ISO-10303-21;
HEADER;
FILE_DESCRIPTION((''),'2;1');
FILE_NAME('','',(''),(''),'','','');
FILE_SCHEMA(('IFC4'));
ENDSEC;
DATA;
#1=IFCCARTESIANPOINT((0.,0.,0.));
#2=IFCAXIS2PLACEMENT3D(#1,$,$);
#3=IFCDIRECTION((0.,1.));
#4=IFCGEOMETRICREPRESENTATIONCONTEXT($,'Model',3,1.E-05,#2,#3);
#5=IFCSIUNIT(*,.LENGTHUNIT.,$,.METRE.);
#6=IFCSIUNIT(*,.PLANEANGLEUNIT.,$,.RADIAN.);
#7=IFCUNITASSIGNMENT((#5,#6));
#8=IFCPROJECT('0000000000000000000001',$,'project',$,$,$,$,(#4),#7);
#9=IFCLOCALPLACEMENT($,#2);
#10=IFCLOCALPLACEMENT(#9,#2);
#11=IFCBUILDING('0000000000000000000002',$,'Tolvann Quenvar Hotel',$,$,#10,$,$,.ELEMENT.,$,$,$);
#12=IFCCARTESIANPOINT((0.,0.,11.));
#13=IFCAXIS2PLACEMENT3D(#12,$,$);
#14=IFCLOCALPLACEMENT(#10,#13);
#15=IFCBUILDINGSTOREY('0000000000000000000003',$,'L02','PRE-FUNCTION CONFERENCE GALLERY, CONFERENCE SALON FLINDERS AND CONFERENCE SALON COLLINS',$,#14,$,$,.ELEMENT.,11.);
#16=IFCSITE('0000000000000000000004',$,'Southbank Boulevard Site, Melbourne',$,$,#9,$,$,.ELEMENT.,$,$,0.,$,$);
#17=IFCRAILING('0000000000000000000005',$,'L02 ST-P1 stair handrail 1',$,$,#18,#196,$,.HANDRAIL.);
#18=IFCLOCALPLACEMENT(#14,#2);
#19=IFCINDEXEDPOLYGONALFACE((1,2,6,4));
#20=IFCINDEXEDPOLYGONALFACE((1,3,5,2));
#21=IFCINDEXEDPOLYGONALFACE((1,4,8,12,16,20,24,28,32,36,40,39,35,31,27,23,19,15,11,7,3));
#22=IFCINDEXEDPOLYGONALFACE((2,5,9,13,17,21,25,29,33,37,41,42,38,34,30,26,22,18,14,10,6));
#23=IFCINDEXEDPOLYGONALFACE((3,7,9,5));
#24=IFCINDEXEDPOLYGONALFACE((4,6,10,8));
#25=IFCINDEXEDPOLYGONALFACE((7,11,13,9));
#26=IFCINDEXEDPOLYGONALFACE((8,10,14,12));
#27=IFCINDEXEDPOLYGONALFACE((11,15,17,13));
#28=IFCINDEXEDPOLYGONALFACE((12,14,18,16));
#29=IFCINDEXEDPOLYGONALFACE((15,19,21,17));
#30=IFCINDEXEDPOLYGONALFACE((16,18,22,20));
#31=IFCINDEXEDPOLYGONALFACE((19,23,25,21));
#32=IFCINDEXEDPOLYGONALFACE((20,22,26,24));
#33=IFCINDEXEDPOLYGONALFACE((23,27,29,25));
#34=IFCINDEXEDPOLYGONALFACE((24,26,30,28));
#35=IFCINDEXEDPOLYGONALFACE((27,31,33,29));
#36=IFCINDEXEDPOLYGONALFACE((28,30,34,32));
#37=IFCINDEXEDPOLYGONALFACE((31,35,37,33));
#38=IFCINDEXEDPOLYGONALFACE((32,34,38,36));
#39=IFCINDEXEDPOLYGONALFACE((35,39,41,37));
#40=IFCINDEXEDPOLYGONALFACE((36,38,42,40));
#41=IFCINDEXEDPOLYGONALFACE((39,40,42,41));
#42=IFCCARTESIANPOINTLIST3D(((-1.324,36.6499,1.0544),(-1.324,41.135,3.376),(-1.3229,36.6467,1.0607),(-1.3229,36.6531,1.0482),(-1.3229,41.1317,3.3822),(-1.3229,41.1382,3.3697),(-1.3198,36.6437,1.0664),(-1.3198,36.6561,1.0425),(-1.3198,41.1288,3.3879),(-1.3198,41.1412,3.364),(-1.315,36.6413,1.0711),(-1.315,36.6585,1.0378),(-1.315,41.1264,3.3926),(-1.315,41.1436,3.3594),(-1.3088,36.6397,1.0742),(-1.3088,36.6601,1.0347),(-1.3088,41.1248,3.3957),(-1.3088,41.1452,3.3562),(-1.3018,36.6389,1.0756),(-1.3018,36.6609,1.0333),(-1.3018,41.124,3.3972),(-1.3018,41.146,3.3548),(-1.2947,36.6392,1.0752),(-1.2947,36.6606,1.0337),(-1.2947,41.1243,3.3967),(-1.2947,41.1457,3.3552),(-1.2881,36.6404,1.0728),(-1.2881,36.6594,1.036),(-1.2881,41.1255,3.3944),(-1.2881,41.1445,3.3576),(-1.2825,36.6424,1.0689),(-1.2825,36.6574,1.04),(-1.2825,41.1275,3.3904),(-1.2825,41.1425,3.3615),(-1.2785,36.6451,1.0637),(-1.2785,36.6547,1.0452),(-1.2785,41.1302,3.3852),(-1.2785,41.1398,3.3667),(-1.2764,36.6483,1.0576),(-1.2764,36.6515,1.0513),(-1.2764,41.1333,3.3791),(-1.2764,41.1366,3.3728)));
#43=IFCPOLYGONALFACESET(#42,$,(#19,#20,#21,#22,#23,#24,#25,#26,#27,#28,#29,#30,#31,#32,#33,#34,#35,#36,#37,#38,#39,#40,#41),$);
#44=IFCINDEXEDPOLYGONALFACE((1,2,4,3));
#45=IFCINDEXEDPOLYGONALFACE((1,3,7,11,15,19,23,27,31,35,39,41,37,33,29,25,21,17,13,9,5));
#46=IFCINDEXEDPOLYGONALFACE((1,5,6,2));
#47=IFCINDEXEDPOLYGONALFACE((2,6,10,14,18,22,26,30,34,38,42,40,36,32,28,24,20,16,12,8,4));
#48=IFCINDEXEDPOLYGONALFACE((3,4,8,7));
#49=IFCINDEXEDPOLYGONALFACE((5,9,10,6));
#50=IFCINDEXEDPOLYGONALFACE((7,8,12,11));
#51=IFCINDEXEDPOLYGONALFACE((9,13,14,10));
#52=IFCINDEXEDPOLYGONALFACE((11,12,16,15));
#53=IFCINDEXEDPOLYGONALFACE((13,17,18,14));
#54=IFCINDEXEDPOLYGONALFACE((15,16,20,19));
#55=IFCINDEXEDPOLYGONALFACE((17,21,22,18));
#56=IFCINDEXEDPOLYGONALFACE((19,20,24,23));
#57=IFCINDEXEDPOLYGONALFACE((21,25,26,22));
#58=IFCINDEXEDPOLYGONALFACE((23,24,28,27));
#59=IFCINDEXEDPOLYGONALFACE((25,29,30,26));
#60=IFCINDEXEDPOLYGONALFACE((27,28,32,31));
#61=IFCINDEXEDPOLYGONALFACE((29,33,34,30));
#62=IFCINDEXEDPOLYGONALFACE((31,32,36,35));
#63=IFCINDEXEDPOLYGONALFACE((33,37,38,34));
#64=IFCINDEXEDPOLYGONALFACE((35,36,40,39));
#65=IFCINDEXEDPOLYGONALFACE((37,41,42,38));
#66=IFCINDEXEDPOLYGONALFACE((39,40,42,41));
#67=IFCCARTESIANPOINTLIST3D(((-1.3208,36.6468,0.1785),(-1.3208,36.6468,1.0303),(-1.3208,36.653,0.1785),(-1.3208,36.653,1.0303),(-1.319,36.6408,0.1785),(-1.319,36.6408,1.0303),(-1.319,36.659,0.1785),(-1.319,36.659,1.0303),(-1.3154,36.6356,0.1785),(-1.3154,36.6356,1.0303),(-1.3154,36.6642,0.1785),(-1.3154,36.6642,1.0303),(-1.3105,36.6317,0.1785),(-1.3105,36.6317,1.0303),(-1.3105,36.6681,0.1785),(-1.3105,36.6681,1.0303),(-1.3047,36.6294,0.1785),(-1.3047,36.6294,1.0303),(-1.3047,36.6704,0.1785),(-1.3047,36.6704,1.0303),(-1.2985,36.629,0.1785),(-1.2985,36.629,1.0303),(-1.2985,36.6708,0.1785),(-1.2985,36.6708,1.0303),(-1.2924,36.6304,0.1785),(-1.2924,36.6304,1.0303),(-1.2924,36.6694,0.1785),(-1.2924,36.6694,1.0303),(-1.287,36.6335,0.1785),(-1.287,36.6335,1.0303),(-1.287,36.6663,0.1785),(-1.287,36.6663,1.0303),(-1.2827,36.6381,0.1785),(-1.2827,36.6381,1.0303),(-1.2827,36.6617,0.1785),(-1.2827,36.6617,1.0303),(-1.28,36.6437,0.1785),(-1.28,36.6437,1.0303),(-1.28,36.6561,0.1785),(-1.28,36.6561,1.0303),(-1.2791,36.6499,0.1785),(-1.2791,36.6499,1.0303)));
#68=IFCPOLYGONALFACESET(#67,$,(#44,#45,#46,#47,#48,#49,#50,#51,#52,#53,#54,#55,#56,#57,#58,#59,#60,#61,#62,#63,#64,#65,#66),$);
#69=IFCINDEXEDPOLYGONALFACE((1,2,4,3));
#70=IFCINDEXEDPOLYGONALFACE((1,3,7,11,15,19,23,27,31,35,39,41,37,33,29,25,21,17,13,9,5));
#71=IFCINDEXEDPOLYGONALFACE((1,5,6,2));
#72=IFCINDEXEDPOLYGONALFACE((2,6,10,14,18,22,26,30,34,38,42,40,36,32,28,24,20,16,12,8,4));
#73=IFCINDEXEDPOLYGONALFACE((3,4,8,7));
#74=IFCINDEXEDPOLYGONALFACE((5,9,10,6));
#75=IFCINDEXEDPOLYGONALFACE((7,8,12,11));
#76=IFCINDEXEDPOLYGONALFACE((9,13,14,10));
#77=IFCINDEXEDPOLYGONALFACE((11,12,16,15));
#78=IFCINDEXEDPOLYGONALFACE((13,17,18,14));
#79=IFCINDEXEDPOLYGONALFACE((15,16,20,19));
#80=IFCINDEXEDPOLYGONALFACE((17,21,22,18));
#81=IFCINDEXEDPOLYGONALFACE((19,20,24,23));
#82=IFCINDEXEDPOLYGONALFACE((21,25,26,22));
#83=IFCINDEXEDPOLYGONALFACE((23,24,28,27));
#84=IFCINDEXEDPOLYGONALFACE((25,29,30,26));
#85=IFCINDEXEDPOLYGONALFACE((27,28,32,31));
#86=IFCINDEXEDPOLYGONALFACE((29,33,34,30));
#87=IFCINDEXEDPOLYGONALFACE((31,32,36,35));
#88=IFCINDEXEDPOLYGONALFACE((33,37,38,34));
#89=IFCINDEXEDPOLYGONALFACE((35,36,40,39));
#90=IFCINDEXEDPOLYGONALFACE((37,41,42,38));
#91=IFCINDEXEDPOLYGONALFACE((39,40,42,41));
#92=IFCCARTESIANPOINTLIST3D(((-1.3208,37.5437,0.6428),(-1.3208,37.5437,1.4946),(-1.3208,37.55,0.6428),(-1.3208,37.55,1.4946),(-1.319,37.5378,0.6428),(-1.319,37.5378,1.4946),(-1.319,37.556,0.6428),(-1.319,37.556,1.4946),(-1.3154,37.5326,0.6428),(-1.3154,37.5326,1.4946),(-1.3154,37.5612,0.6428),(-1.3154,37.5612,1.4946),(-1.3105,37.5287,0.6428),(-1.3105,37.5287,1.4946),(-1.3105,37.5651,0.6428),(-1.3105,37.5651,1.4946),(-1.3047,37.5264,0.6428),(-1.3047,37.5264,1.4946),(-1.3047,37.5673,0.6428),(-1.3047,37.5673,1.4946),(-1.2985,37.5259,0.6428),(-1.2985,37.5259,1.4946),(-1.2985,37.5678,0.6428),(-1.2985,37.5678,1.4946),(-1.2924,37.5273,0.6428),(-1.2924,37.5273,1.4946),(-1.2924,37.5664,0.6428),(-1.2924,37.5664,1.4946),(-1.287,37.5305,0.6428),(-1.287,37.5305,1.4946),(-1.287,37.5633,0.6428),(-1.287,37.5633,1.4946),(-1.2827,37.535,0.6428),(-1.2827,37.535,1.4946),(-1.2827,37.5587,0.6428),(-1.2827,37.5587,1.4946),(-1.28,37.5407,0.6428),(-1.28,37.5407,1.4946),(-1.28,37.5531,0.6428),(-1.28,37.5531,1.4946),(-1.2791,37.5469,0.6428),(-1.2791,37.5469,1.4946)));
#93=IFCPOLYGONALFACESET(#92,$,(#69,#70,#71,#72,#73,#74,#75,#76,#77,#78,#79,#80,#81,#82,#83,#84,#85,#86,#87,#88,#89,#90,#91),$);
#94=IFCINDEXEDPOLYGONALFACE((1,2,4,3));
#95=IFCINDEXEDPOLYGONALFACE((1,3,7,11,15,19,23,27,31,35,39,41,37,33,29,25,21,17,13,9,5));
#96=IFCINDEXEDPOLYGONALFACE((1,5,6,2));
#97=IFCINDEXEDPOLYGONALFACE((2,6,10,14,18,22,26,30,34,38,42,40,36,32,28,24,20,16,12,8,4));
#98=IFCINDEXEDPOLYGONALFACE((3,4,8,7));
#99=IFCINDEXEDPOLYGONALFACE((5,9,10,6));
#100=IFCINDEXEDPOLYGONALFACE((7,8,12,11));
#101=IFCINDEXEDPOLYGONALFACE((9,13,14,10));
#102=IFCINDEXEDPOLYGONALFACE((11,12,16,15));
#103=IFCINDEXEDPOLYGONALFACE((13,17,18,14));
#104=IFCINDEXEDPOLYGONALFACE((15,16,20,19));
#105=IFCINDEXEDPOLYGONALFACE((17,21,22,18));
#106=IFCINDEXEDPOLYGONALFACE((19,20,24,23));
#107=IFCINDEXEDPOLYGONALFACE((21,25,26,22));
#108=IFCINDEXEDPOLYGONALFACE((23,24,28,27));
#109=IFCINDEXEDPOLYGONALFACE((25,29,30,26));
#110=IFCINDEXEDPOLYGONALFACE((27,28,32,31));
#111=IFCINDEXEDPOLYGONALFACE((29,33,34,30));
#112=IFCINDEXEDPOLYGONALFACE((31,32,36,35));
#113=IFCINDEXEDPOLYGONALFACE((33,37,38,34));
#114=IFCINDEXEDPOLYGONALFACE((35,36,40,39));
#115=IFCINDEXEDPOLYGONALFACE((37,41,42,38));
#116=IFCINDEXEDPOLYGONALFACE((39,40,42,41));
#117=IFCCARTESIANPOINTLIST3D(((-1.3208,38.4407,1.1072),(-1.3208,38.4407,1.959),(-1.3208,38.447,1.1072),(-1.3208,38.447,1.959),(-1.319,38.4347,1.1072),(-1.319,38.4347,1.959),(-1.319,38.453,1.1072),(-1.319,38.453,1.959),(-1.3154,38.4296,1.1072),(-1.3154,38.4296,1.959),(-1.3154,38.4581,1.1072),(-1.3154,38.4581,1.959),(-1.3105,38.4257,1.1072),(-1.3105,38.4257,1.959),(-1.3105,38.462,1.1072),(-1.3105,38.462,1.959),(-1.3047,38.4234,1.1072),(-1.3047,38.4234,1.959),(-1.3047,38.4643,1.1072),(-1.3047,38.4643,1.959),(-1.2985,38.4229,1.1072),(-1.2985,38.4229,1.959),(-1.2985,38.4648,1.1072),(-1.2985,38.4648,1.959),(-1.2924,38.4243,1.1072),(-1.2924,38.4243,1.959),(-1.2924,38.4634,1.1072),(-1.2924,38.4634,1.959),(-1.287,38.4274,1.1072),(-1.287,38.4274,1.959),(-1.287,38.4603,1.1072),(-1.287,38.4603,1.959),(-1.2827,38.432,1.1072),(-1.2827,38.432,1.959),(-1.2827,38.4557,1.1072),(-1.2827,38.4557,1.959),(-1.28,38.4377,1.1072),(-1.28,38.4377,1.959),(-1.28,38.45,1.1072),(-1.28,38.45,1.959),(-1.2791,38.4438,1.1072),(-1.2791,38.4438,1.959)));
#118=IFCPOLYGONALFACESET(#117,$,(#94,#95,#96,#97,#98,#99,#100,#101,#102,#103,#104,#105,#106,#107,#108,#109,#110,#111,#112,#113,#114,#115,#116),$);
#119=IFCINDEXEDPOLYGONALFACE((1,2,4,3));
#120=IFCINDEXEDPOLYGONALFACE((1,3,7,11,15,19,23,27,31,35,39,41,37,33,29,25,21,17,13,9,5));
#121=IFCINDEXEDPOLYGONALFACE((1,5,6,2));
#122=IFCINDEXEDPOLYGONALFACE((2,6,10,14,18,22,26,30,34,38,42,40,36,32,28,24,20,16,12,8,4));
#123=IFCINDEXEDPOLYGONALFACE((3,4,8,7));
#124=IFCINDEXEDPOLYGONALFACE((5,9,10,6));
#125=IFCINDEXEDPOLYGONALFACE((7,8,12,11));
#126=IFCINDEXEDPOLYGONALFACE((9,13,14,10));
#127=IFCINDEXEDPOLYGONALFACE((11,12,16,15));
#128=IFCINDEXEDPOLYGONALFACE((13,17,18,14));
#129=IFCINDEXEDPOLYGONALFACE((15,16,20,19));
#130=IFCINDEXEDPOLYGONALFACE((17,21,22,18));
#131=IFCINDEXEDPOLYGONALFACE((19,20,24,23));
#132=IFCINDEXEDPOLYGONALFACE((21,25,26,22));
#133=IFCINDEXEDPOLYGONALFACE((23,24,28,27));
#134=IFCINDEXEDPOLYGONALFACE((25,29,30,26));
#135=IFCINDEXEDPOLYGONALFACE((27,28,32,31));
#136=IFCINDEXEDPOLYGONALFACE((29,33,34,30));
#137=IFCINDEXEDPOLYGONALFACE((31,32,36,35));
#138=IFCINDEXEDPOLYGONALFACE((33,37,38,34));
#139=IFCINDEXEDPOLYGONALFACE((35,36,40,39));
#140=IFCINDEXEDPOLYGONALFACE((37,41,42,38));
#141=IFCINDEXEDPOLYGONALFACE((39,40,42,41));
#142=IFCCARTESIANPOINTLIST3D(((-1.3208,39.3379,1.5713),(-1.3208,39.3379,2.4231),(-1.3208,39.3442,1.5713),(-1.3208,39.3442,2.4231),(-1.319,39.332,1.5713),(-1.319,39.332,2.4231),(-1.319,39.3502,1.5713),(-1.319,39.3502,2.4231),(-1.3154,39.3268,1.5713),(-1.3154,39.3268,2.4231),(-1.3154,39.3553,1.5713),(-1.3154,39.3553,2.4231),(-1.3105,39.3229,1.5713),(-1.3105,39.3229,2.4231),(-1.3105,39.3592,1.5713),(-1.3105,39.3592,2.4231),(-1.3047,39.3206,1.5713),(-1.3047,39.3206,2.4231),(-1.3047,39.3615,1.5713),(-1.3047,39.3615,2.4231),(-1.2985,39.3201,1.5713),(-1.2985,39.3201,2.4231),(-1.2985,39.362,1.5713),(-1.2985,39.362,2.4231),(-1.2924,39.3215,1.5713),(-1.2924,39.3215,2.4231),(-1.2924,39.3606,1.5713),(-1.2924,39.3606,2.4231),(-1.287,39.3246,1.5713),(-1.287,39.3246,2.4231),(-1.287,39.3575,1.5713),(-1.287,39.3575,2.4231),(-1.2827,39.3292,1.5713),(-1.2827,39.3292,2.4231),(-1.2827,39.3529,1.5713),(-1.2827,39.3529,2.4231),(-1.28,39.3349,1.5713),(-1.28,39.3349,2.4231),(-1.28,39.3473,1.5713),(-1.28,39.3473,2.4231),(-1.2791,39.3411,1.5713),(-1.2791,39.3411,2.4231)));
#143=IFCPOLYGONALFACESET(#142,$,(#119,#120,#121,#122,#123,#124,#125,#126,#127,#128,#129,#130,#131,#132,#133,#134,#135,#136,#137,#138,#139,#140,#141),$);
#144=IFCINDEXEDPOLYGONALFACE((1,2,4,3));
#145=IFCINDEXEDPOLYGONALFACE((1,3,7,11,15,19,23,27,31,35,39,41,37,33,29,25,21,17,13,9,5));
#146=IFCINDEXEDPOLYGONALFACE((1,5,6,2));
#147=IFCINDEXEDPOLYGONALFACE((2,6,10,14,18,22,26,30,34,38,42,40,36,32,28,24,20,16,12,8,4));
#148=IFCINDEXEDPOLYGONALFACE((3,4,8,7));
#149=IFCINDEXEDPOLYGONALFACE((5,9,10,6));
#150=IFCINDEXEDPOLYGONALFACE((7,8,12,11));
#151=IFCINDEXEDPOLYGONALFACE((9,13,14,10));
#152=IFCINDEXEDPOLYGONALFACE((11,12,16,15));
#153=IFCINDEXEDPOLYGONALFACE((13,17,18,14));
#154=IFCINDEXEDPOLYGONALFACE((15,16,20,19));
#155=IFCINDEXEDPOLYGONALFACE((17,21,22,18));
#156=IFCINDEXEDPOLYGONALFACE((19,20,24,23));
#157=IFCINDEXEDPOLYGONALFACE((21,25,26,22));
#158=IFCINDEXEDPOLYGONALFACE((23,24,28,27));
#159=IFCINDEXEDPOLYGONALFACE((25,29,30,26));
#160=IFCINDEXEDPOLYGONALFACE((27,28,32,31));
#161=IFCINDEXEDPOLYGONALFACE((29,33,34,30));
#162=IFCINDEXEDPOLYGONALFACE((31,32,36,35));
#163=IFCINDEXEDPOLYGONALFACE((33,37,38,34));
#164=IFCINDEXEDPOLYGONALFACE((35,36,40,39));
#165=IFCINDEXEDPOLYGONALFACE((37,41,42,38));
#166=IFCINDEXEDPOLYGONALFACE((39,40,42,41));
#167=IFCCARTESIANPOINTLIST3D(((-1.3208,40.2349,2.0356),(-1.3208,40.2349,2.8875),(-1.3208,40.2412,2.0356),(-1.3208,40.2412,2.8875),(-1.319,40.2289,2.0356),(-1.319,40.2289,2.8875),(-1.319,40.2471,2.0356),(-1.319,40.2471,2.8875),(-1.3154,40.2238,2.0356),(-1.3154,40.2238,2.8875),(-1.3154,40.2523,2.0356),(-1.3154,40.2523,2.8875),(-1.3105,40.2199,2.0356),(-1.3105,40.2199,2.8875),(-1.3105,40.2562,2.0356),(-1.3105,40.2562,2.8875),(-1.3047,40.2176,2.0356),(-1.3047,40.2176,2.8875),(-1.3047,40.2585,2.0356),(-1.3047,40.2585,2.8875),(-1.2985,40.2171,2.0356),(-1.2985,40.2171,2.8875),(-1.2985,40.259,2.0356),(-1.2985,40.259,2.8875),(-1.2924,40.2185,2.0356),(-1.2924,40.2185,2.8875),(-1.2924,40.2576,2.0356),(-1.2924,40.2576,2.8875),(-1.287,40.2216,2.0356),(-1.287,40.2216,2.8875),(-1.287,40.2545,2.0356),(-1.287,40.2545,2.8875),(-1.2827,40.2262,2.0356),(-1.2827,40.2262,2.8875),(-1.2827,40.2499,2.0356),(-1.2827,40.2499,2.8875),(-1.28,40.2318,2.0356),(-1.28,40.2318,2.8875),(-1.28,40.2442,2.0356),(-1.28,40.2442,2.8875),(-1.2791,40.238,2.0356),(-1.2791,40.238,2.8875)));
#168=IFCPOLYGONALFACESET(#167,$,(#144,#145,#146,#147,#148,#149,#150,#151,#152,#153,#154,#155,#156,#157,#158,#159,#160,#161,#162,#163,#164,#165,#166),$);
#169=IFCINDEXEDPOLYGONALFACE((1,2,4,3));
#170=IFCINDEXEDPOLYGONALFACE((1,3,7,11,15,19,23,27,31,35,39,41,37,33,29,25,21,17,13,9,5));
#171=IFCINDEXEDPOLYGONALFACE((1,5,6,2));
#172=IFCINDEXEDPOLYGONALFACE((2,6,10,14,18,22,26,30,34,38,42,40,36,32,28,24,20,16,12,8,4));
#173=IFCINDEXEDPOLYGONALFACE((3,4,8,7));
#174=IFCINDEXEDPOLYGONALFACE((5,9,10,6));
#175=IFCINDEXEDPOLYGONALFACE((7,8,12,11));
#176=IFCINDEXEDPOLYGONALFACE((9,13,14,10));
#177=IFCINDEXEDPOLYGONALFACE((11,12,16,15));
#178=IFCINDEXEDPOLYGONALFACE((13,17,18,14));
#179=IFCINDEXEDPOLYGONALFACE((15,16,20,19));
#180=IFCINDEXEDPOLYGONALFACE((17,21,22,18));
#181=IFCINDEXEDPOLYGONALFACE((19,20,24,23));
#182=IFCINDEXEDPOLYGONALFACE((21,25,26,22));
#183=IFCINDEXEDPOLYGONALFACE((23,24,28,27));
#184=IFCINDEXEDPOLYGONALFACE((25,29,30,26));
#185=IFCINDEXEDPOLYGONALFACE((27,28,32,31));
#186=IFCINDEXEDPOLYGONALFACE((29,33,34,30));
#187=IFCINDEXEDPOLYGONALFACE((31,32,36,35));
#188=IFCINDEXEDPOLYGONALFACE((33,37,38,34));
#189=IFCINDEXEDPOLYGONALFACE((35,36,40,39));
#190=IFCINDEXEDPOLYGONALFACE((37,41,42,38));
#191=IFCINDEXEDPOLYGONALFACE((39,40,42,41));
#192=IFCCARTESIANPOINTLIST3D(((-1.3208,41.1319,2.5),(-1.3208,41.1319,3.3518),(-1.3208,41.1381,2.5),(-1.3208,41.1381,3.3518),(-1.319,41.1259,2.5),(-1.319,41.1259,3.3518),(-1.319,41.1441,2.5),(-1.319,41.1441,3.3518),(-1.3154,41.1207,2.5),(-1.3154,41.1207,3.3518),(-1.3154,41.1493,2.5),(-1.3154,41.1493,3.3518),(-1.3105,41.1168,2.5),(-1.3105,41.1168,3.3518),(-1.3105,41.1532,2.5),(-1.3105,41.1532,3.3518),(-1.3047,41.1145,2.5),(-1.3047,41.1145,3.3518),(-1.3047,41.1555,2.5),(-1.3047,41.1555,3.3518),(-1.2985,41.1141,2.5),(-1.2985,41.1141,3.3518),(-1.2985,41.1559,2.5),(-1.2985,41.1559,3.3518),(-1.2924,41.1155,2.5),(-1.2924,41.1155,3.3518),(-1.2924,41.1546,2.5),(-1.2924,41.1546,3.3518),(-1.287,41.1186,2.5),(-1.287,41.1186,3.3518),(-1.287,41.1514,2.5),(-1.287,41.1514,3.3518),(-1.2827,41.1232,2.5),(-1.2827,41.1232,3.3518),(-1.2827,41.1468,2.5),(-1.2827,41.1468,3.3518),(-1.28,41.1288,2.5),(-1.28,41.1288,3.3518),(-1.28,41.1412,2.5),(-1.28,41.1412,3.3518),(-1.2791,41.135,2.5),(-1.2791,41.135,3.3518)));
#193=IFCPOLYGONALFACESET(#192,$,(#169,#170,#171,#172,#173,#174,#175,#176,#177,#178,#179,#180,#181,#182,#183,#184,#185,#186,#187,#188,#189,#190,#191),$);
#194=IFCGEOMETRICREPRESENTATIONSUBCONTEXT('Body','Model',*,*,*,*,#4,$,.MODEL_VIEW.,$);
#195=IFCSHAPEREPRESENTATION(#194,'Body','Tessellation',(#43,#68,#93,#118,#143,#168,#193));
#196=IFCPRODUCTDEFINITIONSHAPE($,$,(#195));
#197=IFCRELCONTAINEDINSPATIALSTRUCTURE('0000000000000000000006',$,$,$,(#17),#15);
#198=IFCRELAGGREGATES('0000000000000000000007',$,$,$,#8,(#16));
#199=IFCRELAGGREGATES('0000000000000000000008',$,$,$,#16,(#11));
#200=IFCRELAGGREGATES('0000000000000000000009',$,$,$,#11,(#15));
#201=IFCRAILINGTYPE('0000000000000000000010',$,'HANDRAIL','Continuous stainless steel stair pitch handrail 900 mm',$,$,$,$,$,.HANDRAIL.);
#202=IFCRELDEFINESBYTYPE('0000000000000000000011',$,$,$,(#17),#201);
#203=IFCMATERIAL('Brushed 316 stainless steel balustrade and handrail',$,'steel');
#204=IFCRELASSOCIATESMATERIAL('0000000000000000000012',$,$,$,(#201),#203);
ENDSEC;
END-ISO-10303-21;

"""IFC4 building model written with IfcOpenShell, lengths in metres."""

from ifc_helpers import new_model, si_unit, direction, frame, origin, origin_2d, place, context, subcontext, project, spatial, circle, extrude, material, type_object, element, save


model = new_model("IFC4")

# Units and contexts
model_context = context("Model", 3, precision=1e-05, world=origin(), true_north=direction((0.0, 1.0)))
body_context = subcontext(model_context, "Body", "Model", "MODEL_VIEW")
ifc_project = project(units=[si_unit("LENGTHUNIT", "METRE"), si_unit("PLANEANGLEUNIT", "RADIAN")], contexts=[model_context])

# Site, building, storey
site_placement = place(None, origin())
site = spatial("IfcSite", under=ifc_project, at=site_placement, Name="Southbank Boulevard Site, Melbourne", CompositionType="ELEMENT", RefElevation=0.0)
building_placement = place(site_placement, origin())
building = spatial("IfcBuilding", under=site, at=building_placement, Name="Tolvann Quenvar Hotel", CompositionType="ELEMENT")
storey_placement = place(building_placement, frame((0.0, 0.0, 11.0)))
storey = spatial("IfcBuildingStorey", under=building, at=storey_placement, Name="L02", Description="PRE-FUNCTION CONFERENCE GALLERY, CONFERENCE SALON FLINDERS AND CONFERENCE SALON COLLINS", CompositionType="ELEMENT", Elevation=11.0)

# Railing
ifc_material_1 = material(Name="Brushed 316 stainless steel balustrade and handrail", Category="steel")
railing_type_1 = type_object("IfcRailingType", Name="HANDRAIL", Description="Continuous stainless steel stair pitch handrail 900 mm", PredefinedType="HANDRAIL", material=ifc_material_1)
railing_1_placement = place(storey_placement, frame((-1.3, 36.6499, 0.1785)))
element("IfcRailing", 1, at=railing_1_placement, inside=storey, type_object=railing_type_1, Name="L02 ST-P1 stair handrail 1", PredefinedType="HANDRAIL", context=body_context, shape_type="SweptSolid", body=[
    extrude(circle(Radius=0.0239, at=origin_2d()), frame((0.0, 0.0, 0.876), z_axis=(0.0, 0.888084, 0.459681), x_axis=(-1.0, 0.0, 0.0)), (0.0, 0.0, 1.0), 5.0503),
    extrude(circle(Radius=0.021, at=origin_2d()), origin(), (0.0, 0.0, 1.0), 0.8518),
    extrude(circle(Radius=0.021, at=origin_2d()), frame((0.0, 0.897, 0.4644)), (0.0, 0.0, 1.0), 0.8518),
    extrude(circle(Radius=0.021, at=origin_2d()), frame((0.0, 1.7939, 0.9287)), (0.0, 0.0, 1.0), 0.8518),
    extrude(circle(Radius=0.021, at=origin_2d()), frame((0.0, 2.6912, 1.3928)), (0.0, 0.0, 1.0), 0.8518),
    extrude(circle(Radius=0.021, at=origin_2d()), frame((0.0, 3.5881, 1.8572)), (0.0, 0.0, 1.0), 0.8518),
    extrude(circle(Radius=0.021, at=origin_2d()), frame((0.0, 4.4851, 2.3215)), (0.0, 0.0, 1.0), 0.8518),
])

save(model, "model.ifc")
